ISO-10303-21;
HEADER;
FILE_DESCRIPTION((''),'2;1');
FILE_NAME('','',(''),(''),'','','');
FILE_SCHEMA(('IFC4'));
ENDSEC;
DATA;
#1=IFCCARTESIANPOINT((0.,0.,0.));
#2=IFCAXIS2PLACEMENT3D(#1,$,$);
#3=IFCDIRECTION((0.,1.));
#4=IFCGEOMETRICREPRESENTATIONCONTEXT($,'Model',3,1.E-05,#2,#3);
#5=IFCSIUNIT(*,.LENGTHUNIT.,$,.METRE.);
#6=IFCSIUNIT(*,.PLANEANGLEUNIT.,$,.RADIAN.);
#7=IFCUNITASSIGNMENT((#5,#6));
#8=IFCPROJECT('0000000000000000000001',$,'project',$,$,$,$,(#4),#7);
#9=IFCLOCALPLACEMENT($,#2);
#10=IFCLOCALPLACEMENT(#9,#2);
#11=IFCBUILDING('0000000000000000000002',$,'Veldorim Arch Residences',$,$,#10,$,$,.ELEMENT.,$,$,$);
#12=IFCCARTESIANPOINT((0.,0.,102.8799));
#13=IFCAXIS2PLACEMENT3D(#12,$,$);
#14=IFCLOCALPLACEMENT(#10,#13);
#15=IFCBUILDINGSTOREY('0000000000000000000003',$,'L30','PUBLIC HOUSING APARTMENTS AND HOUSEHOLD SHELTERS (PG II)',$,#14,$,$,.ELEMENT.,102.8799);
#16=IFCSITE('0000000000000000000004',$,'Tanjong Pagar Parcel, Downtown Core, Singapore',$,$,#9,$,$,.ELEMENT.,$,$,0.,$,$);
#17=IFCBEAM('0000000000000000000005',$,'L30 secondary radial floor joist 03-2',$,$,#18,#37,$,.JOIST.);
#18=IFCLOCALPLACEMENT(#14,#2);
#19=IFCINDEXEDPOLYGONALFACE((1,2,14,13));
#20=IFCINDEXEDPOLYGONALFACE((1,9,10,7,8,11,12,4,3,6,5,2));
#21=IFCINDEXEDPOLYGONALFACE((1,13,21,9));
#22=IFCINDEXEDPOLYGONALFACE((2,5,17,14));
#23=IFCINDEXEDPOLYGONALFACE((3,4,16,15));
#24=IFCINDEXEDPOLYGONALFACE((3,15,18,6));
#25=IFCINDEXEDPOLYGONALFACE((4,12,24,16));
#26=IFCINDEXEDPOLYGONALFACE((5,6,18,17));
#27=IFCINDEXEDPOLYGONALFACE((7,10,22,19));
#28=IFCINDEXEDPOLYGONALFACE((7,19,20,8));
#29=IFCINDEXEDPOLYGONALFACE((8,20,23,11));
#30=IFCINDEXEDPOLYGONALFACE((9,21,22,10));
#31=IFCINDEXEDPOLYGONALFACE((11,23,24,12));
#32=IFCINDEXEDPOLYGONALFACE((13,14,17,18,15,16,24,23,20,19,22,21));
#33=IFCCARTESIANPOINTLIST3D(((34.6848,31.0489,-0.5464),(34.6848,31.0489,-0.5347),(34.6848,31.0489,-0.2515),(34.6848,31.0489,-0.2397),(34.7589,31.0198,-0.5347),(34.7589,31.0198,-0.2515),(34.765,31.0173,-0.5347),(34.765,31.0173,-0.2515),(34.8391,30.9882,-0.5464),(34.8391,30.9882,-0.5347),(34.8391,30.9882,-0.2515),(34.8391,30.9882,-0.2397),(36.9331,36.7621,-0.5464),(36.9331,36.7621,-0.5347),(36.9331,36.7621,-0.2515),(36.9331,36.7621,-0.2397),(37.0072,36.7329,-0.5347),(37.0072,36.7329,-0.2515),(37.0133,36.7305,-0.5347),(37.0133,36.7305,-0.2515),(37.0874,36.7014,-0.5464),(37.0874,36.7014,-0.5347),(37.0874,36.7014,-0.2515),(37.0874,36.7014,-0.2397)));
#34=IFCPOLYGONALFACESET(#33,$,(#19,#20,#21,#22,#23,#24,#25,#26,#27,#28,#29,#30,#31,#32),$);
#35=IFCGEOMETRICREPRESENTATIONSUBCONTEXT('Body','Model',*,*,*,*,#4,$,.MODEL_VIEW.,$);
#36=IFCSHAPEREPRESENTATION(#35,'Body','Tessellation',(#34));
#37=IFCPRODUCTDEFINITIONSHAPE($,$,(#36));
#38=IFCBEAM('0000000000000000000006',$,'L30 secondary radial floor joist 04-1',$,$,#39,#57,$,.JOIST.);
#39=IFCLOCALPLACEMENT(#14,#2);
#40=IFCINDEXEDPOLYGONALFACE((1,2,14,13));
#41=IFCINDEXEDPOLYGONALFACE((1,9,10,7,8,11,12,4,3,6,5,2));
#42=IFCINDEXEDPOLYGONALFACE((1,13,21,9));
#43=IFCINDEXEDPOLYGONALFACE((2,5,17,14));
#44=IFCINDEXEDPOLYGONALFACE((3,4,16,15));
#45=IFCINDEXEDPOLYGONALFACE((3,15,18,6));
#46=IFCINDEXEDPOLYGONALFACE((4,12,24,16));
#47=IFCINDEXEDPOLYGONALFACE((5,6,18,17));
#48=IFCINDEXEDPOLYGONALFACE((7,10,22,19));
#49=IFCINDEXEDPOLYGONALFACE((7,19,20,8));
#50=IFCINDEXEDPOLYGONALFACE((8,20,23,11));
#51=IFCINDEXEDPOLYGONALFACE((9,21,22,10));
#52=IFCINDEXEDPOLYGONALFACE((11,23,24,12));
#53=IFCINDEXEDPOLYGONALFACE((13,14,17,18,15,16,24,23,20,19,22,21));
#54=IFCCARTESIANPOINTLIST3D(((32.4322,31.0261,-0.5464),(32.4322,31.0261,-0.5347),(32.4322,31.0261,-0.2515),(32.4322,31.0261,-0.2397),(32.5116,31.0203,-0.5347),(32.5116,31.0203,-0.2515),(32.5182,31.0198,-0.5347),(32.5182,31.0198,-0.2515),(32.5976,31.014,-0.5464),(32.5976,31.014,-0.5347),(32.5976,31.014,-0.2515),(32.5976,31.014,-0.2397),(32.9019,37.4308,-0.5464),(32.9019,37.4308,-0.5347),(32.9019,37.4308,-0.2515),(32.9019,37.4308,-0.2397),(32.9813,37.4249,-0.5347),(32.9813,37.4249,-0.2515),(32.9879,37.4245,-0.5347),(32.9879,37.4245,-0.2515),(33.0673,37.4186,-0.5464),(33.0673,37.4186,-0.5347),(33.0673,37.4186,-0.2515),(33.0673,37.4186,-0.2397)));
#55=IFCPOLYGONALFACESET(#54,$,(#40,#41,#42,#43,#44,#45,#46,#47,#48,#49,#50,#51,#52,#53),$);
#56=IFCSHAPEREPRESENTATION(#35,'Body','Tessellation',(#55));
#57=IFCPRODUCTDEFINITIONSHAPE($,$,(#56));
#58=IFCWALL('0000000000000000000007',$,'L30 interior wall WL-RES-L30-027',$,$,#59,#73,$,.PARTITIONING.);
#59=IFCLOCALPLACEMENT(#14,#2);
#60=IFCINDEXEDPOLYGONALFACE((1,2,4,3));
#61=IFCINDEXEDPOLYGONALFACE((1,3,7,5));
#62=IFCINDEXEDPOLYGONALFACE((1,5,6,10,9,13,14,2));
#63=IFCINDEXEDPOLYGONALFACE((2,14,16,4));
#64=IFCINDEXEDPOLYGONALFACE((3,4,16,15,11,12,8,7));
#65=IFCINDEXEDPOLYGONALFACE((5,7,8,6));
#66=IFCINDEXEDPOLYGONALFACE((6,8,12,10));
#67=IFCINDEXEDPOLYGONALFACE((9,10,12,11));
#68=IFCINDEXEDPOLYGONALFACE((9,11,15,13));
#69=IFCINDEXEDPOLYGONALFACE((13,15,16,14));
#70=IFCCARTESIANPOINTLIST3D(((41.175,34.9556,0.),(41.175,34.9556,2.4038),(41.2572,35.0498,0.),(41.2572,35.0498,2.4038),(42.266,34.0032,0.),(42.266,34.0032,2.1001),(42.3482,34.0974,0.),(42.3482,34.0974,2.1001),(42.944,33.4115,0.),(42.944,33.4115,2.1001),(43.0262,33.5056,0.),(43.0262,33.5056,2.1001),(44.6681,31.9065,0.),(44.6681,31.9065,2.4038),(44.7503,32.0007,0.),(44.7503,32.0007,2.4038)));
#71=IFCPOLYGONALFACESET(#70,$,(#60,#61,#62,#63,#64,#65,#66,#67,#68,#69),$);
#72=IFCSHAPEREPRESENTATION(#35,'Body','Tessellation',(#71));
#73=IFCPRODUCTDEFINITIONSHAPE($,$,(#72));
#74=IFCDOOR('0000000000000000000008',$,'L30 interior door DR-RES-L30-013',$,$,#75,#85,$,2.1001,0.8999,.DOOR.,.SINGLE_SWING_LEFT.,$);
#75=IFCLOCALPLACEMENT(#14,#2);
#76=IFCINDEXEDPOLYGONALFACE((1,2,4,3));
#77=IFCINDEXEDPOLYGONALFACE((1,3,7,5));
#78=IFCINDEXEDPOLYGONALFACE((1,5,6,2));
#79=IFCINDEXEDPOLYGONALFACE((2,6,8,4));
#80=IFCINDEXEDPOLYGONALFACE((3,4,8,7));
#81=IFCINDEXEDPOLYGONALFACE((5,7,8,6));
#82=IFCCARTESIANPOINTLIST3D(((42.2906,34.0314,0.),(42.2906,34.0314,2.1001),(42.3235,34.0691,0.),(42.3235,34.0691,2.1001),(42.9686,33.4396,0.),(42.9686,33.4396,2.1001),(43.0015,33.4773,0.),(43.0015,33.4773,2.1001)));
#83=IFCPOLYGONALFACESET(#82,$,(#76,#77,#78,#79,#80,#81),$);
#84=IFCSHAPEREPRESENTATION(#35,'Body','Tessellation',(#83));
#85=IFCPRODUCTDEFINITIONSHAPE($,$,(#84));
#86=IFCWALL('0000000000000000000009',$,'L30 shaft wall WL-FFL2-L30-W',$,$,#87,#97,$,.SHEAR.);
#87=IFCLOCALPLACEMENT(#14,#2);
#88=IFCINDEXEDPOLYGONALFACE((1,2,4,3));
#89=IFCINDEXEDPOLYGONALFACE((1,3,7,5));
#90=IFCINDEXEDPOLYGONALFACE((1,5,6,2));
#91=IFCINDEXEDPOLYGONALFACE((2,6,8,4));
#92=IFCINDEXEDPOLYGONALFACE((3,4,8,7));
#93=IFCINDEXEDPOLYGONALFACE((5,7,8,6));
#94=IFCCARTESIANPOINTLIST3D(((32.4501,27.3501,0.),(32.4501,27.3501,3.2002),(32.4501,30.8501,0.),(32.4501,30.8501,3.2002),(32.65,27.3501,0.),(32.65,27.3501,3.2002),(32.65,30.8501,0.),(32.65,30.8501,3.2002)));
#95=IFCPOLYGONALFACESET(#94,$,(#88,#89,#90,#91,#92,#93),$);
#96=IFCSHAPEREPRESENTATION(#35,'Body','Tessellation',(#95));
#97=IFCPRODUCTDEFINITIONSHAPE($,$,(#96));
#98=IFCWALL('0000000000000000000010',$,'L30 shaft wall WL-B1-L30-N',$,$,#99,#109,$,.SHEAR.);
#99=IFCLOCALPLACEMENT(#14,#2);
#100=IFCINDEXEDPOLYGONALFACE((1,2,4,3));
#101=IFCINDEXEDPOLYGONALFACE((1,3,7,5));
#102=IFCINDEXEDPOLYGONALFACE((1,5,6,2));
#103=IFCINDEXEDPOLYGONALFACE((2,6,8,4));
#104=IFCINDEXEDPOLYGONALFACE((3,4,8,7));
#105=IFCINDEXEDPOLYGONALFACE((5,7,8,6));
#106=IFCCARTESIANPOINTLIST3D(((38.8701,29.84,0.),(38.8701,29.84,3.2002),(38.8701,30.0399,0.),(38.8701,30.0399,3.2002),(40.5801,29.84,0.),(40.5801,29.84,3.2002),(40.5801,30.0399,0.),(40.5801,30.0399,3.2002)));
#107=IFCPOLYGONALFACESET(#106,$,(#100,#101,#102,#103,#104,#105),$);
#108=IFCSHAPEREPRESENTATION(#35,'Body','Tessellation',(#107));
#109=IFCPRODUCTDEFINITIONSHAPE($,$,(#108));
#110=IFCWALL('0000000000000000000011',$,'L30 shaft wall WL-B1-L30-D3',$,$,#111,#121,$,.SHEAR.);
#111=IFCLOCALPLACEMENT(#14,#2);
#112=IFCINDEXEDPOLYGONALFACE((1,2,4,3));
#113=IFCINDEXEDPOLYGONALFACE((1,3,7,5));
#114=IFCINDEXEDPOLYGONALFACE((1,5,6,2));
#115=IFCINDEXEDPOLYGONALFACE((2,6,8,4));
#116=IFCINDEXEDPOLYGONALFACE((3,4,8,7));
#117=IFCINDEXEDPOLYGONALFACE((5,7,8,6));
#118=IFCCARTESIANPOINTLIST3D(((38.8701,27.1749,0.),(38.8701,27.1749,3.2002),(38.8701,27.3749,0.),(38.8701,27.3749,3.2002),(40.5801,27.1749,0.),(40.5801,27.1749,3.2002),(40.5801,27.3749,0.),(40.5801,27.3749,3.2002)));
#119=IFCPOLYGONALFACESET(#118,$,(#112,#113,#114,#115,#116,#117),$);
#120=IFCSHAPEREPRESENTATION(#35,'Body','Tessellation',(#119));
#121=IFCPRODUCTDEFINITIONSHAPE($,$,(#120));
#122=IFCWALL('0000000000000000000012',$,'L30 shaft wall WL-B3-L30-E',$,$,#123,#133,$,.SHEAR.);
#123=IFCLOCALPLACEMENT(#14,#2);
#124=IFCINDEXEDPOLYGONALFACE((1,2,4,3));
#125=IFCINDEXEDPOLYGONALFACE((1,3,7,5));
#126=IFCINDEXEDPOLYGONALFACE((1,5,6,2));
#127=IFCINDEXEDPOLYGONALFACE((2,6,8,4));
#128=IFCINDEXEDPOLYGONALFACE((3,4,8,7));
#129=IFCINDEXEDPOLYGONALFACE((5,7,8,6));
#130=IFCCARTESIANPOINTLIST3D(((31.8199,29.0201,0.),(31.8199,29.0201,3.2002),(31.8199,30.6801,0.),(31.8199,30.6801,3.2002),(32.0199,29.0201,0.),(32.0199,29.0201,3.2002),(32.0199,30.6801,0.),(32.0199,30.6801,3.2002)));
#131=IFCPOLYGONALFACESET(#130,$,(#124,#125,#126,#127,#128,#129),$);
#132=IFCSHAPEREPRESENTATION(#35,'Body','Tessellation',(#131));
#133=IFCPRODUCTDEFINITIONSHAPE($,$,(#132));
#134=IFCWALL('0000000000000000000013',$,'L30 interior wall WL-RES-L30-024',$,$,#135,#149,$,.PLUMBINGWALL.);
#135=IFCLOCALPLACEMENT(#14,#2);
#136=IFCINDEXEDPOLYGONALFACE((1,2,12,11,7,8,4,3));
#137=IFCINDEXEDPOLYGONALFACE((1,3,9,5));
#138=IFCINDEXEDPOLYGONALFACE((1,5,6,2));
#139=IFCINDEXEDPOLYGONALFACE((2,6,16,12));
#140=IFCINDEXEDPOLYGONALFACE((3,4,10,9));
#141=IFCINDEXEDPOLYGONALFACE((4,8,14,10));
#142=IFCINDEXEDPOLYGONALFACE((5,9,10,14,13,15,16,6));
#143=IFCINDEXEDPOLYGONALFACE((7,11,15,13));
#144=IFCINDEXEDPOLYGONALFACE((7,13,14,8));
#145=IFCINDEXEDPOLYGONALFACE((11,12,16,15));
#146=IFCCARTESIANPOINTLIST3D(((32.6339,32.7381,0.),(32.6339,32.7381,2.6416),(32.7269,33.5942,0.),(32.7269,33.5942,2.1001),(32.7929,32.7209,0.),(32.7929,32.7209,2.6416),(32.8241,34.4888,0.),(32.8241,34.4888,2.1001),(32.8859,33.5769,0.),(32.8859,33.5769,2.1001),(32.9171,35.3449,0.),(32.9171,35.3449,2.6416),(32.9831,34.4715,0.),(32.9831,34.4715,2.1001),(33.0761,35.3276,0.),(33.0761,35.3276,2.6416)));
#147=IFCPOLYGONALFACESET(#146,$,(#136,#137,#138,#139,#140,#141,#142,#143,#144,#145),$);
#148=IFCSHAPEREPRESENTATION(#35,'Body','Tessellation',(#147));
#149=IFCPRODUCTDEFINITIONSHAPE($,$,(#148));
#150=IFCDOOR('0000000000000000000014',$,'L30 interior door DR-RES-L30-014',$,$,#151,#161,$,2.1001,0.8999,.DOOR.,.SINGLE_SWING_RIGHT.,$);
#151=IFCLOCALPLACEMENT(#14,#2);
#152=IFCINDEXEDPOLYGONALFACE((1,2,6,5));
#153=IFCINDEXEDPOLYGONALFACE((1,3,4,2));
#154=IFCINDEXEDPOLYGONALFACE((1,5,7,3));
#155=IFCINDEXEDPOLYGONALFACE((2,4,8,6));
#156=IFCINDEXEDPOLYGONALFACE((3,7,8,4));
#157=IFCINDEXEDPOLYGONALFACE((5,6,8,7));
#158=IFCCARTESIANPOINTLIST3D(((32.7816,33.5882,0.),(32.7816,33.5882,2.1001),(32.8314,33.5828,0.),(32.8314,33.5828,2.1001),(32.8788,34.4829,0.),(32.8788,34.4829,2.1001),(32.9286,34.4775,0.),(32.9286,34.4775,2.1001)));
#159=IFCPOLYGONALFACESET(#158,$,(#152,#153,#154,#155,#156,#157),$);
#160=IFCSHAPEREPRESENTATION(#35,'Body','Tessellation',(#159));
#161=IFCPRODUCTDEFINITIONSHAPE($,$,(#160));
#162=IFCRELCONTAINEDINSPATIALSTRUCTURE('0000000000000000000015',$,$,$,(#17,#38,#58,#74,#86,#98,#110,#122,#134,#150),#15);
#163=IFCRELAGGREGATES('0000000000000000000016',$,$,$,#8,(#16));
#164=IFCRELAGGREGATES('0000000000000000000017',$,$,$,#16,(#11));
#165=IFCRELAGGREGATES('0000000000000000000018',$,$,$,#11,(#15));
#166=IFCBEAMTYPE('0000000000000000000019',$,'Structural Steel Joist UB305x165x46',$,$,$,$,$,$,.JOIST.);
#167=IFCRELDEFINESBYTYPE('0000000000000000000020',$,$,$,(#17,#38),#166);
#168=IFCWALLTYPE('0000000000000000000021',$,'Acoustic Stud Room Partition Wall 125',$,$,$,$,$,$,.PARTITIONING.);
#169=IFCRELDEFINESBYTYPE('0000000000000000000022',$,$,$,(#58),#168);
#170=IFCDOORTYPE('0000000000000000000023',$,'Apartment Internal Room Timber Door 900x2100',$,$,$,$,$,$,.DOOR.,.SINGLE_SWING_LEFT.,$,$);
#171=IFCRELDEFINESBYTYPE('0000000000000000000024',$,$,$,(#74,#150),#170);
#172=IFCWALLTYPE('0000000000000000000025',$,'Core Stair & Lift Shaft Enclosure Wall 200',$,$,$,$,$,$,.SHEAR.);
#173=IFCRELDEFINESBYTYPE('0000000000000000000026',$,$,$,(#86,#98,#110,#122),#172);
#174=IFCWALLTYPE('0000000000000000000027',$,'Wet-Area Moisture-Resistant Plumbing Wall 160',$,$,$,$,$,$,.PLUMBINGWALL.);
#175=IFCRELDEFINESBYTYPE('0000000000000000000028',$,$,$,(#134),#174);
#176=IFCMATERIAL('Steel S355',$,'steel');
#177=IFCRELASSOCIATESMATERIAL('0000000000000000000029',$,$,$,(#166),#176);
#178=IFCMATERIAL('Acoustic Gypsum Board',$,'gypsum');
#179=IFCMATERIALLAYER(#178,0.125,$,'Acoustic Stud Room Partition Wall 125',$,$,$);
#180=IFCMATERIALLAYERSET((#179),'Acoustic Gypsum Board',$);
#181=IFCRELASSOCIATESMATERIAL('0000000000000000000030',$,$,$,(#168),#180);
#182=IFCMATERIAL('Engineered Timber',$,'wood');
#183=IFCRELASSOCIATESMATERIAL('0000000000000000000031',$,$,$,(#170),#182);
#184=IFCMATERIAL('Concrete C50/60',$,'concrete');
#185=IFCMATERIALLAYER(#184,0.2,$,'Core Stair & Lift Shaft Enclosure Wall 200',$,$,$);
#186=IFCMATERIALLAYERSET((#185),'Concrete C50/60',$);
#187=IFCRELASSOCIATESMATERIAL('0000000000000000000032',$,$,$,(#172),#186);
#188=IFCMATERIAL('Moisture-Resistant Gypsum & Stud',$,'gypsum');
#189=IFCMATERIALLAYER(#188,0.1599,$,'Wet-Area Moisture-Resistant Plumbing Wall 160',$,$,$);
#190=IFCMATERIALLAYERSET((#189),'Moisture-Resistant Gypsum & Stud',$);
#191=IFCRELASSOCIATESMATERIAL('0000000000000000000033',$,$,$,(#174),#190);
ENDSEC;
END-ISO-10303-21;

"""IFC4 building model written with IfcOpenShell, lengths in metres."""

from ifc_helpers import new_model, si_unit, direction, frame, frame_2d, origin, origin_2d, place, context, subcontext, project, spatial, rectangle, i_section, extrude, material, layer, layer_set, material_profile, profile_set, type_object, element, fill, save


model = new_model("IFC4")

# Units and contexts
model_context = context("Model", 3, precision=1e-05, world=origin(), true_north=direction((0.0, 1.0)))
body_context = subcontext(model_context, "Body", "Model", "MODEL_VIEW")
ifc_project = project(units=[si_unit("LENGTHUNIT", "METRE"), si_unit("PLANEANGLEUNIT", "RADIAN")], contexts=[model_context])

# Site, building, storey
site_placement = place(None, origin())
site = spatial("IfcSite", under=ifc_project, at=site_placement, Name="Tanjong Pagar Parcel, Downtown Core, Singapore", CompositionType="ELEMENT", RefElevation=0.0)
building_placement = place(site_placement, origin())
building = spatial("IfcBuilding", under=site, at=building_placement, Name="Veldorim Arch Residences", CompositionType="ELEMENT")
storey_placement = place(building_placement, frame((0.0, 0.0, 102.8799)))
storey = spatial("IfcBuildingStorey", under=building, at=storey_placement, Name="L30", Description="PUBLIC HOUSING APARTMENTS AND HOUSEHOLD SHELTERS (PG II)", CompositionType="ELEMENT", Elevation=102.8799)

# Beams
ifc_material_1 = material(Name="Steel S355", Category="steel")
ifc_material_profile_1 = material_profile(ifc_material_1, i_section(OverallWidth=0.1658, OverallDepth=0.3066, WebThickness=0.0066, FlangeThickness=0.0117, at=origin_2d()), Name="UB305x165x46")
ifc_profile_set_1 = profile_set([ifc_material_profile_1], Name="Steel S355")
beam_type_1 = type_object("IfcBeamType", Name="Structural Steel Joist UB305x165x46", PredefinedType="JOIST", material=ifc_profile_set_1)
beam_1_placement = place(storey_placement, frame((34.762, 31.0186, -0.3931), z_axis=(0.366195, 0.930538, 0.0), x_axis=(-0.930538, 0.366195, 0.0)))
element("IfcBeam", 1, at=beam_1_placement, inside=storey, type_object=beam_type_1, Name="L30 secondary radial floor joist 03-2", PredefinedType="JOIST", context=body_context, shape_type="SweptSolid", body=[
    extrude(i_section(OverallWidth=0.1658, OverallDepth=0.3066, WebThickness=0.0066, FlangeThickness=0.0117, at=origin_2d()), origin(), (0.0, 0.0, 1.0), 6.1396),
])
beam_2_placement = place(storey_placement, frame((32.5149, 31.02, -0.3931), z_axis=(0.073143, 0.997321, 0.0), x_axis=(-0.997321, 0.073143, 0.0)))
element("IfcBeam", 2, at=beam_2_placement, inside=storey, type_object=beam_type_1, Name="L30 secondary radial floor joist 04-1", PredefinedType="JOIST", context=body_context, shape_type="SweptSolid", body=[
    extrude(i_section(OverallWidth=0.1658, OverallDepth=0.3066, WebThickness=0.0066, FlangeThickness=0.0117, at=origin_2d()), origin(), (0.0, 0.0, 1.0), 6.4219),
])

# Wall, opening, door
ifc_material_2 = material(Name="Acoustic Gypsum Board", Category="gypsum")
ifc_layer_1 = layer(ifc_material_2, 0.125, Name="Acoustic Stud Room Partition Wall 125")
ifc_layer_set_1 = layer_set([ifc_layer_1], Name="Acoustic Gypsum Board")
wall_type_1 = type_object("IfcWallType", Name="Acoustic Stud Room Partition Wall 125", PredefinedType="PARTITIONING", material=ifc_layer_set_1)
wall_1_placement = place(storey_placement, frame((41.2161, 35.0027, 0.0), z_axis=(0.0, 0.0, 1.0), x_axis=(0.753372, -0.657595, 0.0)))
wall_1 = element("IfcWall", 3, at=wall_1_placement, inside=storey, type_object=wall_type_1, Name="L30 interior wall WL-RES-L30-027", PredefinedType="PARTITIONING", context=body_context, shape_type="SweptSolid", body=[
    extrude(rectangle(XDim=4.6367, YDim=0.125, at=frame_2d((2.3184, 0.0))), origin(), (0.0, 0.0, 1.0), 2.4038),
])
opening_1_placement = place(wall_1_placement, frame((1.4482, 0.0, 0.0)))
opening_1 = element("IfcOpeningElement", 4, at=opening_1_placement, cuts=wall_1, PredefinedType="OPENING", context=body_context, shape_type="SweptSolid", body=[
    extrude(rectangle(XDim=0.8999, YDim=2.1001, at=frame_2d((0.45, 1.05))), frame((0.0, 0.0725, 0.0), z_axis=(0.0, -1.0, 0.0), x_axis=(1.0, 0.0, 0.0)), (0.0, 0.0, 1.0), 0.145),
])
ifc_material_3 = material(Name="Engineered Timber", Category="wood")
door_type_1 = type_object("IfcDoorType", Name="Apartment Internal Room Timber Door 900x2100", OperationType="SINGLE_SWING_LEFT", PredefinedType="DOOR", material=ifc_material_3)
door_1_placement = place(opening_1_placement, origin())
door_1 = element("IfcDoor", 5, at=door_1_placement, inside=storey, type_object=door_type_1, Name="L30 interior door DR-RES-L30-013", OperationType="SINGLE_SWING_LEFT", OverallHeight=2.1001, OverallWidth=0.8999, PredefinedType="DOOR", context=body_context, shape_type="SweptSolid", body=[
    extrude(rectangle(XDim=0.8999, YDim=2.1001, at=frame_2d((0.45, 1.05))), frame((0.0, 0.0249, 0.0), z_axis=(0.0, -1.0, 0.0), x_axis=(1.0, 0.0, 0.0)), (0.0, 0.0, 1.0), 0.05),
])
fill(opening_1, door_1)
ifc_material_4 = material(Name="Concrete C50/60", Category="concrete")
ifc_layer_2 = layer(ifc_material_4, 0.2, Name="Core Stair & Lift Shaft Enclosure Wall 200")
ifc_layer_set_2 = layer_set([ifc_layer_2], Name="Concrete C50/60")
wall_type_2 = type_object("IfcWallType", Name="Core Stair & Lift Shaft Enclosure Wall 200", PredefinedType="SHEAR", material=ifc_layer_set_2)

# Wall
wall_2_placement = place(storey_placement, frame((32.55, 27.3501, 0.0), z_axis=(0.0, 0.0, 1.0), x_axis=(0.0, 1.0, 0.0)))
element("IfcWall", 6, at=wall_2_placement, inside=storey, type_object=wall_type_2, Name="L30 shaft wall WL-FFL2-L30-W", PredefinedType="SHEAR", context=body_context, shape_type="SweptSolid", body=[
    extrude(rectangle(XDim=3.5, YDim=0.2, at=frame_2d((1.75, 0.0))), origin(), (0.0, 0.0, 1.0), 3.2002),
])

# Walls
for number, where, z_axis, x_axis, name in (
    (7, (38.8701, 29.9399, 0.0), (0.0, 0.0, 1.0), (1.0, 0.0, 0.0), "L30 shaft wall WL-B1-L30-N"),
    (8, (38.8701, 27.2749, 0.0), (0.0, 0.0, 1.0), (1.0, 0.0, 0.0), "L30 shaft wall WL-B1-L30-D3"),
):
    element("IfcWall", number, at=place(storey_placement, frame(where, z_axis=z_axis, x_axis=x_axis)), inside=storey, type_object=wall_type_2, Name=name, PredefinedType="SHEAR", context=body_context, shape_type="SweptSolid", body=[
        extrude(rectangle(XDim=1.71, YDim=0.2, at=frame_2d((0.855, 0.0))), origin(), (0.0, 0.0, 1.0), 3.2002),
    ])
wall_3_placement = place(storey_placement, frame((31.9199, 29.02, 0.0), z_axis=(0.0, 0.0, 1.0), x_axis=(0.0, 1.0, 0.0)))
element("IfcWall", 9, at=wall_3_placement, inside=storey, type_object=wall_type_2, Name="L30 shaft wall WL-B3-L30-E", PredefinedType="SHEAR", context=body_context, shape_type="SweptSolid", body=[
    extrude(rectangle(XDim=1.6599, YDim=0.2, at=frame_2d((0.8301, 0.0))), origin(), (0.0, 0.0, 1.0), 3.2002),
])

# Wall, opening, door
ifc_material_5 = material(Name="Moisture-Resistant Gypsum & Stud", Category="gypsum")
ifc_layer_3 = layer(ifc_material_5, 0.1599, Name="Wet-Area Moisture-Resistant Plumbing Wall 160")
ifc_layer_set_3 = layer_set([ifc_layer_3], Name="Moisture-Resistant Gypsum & Stud")
wall_type_3 = type_object("IfcWallType", Name="Wet-Area Moisture-Resistant Plumbing Wall 160", PredefinedType="PLUMBINGWALL", material=ifc_layer_set_3)
wall_4_placement = place(storey_placement, frame((32.7134, 32.7295, 0.0), z_axis=(0.0, 0.0, 1.0), x_axis=(0.108009, 0.99415, 0.0)))
wall_4 = element("IfcWall", 10, at=wall_4_placement, inside=storey, type_object=wall_type_3, Name="L30 interior wall WL-RES-L30-024", PredefinedType="PLUMBINGWALL", context=body_context, shape_type="SweptSolid", body=[
    extrude(rectangle(XDim=2.6221, YDim=0.1599, at=frame_2d((1.311, 0.0))), origin(), (0.0, 0.0, 1.0), 2.6416),
])
opening_2_placement = place(wall_4_placement, frame((0.8611, 0.0, 0.0)))
opening_2 = element("IfcOpeningElement", 11, at=opening_2_placement, cuts=wall_4, PredefinedType="OPENING", context=body_context, shape_type="SweptSolid", body=[
    extrude(rectangle(XDim=0.8999, YDim=2.1001, at=frame_2d((0.45, 1.05))), frame((0.0, 0.0898, 0.0), z_axis=(0.0, -1.0, 0.0), x_axis=(1.0, 0.0, 0.0)), (0.0, 0.0, 1.0), 0.1799),
])
door_2_placement = place(opening_2_placement, origin())
door_2 = element("IfcDoor", 12, at=door_2_placement, inside=storey, type_object=door_type_1, Name="L30 interior door DR-RES-L30-014", OperationType="SINGLE_SWING_RIGHT", OverallHeight=2.1001, OverallWidth=0.8999, PredefinedType="DOOR", context=body_context, shape_type="SweptSolid", body=[
    extrude(rectangle(XDim=0.8999, YDim=2.1001, at=frame_2d((0.45, 1.05))), frame((0.0, 0.0249, 0.0), z_axis=(0.0, -1.0, 0.0), x_axis=(1.0, 0.0, 0.0)), (0.0, 0.0, 1.0), 0.05),
])
fill(opening_2, door_2)

save(model, "model.ifc")
